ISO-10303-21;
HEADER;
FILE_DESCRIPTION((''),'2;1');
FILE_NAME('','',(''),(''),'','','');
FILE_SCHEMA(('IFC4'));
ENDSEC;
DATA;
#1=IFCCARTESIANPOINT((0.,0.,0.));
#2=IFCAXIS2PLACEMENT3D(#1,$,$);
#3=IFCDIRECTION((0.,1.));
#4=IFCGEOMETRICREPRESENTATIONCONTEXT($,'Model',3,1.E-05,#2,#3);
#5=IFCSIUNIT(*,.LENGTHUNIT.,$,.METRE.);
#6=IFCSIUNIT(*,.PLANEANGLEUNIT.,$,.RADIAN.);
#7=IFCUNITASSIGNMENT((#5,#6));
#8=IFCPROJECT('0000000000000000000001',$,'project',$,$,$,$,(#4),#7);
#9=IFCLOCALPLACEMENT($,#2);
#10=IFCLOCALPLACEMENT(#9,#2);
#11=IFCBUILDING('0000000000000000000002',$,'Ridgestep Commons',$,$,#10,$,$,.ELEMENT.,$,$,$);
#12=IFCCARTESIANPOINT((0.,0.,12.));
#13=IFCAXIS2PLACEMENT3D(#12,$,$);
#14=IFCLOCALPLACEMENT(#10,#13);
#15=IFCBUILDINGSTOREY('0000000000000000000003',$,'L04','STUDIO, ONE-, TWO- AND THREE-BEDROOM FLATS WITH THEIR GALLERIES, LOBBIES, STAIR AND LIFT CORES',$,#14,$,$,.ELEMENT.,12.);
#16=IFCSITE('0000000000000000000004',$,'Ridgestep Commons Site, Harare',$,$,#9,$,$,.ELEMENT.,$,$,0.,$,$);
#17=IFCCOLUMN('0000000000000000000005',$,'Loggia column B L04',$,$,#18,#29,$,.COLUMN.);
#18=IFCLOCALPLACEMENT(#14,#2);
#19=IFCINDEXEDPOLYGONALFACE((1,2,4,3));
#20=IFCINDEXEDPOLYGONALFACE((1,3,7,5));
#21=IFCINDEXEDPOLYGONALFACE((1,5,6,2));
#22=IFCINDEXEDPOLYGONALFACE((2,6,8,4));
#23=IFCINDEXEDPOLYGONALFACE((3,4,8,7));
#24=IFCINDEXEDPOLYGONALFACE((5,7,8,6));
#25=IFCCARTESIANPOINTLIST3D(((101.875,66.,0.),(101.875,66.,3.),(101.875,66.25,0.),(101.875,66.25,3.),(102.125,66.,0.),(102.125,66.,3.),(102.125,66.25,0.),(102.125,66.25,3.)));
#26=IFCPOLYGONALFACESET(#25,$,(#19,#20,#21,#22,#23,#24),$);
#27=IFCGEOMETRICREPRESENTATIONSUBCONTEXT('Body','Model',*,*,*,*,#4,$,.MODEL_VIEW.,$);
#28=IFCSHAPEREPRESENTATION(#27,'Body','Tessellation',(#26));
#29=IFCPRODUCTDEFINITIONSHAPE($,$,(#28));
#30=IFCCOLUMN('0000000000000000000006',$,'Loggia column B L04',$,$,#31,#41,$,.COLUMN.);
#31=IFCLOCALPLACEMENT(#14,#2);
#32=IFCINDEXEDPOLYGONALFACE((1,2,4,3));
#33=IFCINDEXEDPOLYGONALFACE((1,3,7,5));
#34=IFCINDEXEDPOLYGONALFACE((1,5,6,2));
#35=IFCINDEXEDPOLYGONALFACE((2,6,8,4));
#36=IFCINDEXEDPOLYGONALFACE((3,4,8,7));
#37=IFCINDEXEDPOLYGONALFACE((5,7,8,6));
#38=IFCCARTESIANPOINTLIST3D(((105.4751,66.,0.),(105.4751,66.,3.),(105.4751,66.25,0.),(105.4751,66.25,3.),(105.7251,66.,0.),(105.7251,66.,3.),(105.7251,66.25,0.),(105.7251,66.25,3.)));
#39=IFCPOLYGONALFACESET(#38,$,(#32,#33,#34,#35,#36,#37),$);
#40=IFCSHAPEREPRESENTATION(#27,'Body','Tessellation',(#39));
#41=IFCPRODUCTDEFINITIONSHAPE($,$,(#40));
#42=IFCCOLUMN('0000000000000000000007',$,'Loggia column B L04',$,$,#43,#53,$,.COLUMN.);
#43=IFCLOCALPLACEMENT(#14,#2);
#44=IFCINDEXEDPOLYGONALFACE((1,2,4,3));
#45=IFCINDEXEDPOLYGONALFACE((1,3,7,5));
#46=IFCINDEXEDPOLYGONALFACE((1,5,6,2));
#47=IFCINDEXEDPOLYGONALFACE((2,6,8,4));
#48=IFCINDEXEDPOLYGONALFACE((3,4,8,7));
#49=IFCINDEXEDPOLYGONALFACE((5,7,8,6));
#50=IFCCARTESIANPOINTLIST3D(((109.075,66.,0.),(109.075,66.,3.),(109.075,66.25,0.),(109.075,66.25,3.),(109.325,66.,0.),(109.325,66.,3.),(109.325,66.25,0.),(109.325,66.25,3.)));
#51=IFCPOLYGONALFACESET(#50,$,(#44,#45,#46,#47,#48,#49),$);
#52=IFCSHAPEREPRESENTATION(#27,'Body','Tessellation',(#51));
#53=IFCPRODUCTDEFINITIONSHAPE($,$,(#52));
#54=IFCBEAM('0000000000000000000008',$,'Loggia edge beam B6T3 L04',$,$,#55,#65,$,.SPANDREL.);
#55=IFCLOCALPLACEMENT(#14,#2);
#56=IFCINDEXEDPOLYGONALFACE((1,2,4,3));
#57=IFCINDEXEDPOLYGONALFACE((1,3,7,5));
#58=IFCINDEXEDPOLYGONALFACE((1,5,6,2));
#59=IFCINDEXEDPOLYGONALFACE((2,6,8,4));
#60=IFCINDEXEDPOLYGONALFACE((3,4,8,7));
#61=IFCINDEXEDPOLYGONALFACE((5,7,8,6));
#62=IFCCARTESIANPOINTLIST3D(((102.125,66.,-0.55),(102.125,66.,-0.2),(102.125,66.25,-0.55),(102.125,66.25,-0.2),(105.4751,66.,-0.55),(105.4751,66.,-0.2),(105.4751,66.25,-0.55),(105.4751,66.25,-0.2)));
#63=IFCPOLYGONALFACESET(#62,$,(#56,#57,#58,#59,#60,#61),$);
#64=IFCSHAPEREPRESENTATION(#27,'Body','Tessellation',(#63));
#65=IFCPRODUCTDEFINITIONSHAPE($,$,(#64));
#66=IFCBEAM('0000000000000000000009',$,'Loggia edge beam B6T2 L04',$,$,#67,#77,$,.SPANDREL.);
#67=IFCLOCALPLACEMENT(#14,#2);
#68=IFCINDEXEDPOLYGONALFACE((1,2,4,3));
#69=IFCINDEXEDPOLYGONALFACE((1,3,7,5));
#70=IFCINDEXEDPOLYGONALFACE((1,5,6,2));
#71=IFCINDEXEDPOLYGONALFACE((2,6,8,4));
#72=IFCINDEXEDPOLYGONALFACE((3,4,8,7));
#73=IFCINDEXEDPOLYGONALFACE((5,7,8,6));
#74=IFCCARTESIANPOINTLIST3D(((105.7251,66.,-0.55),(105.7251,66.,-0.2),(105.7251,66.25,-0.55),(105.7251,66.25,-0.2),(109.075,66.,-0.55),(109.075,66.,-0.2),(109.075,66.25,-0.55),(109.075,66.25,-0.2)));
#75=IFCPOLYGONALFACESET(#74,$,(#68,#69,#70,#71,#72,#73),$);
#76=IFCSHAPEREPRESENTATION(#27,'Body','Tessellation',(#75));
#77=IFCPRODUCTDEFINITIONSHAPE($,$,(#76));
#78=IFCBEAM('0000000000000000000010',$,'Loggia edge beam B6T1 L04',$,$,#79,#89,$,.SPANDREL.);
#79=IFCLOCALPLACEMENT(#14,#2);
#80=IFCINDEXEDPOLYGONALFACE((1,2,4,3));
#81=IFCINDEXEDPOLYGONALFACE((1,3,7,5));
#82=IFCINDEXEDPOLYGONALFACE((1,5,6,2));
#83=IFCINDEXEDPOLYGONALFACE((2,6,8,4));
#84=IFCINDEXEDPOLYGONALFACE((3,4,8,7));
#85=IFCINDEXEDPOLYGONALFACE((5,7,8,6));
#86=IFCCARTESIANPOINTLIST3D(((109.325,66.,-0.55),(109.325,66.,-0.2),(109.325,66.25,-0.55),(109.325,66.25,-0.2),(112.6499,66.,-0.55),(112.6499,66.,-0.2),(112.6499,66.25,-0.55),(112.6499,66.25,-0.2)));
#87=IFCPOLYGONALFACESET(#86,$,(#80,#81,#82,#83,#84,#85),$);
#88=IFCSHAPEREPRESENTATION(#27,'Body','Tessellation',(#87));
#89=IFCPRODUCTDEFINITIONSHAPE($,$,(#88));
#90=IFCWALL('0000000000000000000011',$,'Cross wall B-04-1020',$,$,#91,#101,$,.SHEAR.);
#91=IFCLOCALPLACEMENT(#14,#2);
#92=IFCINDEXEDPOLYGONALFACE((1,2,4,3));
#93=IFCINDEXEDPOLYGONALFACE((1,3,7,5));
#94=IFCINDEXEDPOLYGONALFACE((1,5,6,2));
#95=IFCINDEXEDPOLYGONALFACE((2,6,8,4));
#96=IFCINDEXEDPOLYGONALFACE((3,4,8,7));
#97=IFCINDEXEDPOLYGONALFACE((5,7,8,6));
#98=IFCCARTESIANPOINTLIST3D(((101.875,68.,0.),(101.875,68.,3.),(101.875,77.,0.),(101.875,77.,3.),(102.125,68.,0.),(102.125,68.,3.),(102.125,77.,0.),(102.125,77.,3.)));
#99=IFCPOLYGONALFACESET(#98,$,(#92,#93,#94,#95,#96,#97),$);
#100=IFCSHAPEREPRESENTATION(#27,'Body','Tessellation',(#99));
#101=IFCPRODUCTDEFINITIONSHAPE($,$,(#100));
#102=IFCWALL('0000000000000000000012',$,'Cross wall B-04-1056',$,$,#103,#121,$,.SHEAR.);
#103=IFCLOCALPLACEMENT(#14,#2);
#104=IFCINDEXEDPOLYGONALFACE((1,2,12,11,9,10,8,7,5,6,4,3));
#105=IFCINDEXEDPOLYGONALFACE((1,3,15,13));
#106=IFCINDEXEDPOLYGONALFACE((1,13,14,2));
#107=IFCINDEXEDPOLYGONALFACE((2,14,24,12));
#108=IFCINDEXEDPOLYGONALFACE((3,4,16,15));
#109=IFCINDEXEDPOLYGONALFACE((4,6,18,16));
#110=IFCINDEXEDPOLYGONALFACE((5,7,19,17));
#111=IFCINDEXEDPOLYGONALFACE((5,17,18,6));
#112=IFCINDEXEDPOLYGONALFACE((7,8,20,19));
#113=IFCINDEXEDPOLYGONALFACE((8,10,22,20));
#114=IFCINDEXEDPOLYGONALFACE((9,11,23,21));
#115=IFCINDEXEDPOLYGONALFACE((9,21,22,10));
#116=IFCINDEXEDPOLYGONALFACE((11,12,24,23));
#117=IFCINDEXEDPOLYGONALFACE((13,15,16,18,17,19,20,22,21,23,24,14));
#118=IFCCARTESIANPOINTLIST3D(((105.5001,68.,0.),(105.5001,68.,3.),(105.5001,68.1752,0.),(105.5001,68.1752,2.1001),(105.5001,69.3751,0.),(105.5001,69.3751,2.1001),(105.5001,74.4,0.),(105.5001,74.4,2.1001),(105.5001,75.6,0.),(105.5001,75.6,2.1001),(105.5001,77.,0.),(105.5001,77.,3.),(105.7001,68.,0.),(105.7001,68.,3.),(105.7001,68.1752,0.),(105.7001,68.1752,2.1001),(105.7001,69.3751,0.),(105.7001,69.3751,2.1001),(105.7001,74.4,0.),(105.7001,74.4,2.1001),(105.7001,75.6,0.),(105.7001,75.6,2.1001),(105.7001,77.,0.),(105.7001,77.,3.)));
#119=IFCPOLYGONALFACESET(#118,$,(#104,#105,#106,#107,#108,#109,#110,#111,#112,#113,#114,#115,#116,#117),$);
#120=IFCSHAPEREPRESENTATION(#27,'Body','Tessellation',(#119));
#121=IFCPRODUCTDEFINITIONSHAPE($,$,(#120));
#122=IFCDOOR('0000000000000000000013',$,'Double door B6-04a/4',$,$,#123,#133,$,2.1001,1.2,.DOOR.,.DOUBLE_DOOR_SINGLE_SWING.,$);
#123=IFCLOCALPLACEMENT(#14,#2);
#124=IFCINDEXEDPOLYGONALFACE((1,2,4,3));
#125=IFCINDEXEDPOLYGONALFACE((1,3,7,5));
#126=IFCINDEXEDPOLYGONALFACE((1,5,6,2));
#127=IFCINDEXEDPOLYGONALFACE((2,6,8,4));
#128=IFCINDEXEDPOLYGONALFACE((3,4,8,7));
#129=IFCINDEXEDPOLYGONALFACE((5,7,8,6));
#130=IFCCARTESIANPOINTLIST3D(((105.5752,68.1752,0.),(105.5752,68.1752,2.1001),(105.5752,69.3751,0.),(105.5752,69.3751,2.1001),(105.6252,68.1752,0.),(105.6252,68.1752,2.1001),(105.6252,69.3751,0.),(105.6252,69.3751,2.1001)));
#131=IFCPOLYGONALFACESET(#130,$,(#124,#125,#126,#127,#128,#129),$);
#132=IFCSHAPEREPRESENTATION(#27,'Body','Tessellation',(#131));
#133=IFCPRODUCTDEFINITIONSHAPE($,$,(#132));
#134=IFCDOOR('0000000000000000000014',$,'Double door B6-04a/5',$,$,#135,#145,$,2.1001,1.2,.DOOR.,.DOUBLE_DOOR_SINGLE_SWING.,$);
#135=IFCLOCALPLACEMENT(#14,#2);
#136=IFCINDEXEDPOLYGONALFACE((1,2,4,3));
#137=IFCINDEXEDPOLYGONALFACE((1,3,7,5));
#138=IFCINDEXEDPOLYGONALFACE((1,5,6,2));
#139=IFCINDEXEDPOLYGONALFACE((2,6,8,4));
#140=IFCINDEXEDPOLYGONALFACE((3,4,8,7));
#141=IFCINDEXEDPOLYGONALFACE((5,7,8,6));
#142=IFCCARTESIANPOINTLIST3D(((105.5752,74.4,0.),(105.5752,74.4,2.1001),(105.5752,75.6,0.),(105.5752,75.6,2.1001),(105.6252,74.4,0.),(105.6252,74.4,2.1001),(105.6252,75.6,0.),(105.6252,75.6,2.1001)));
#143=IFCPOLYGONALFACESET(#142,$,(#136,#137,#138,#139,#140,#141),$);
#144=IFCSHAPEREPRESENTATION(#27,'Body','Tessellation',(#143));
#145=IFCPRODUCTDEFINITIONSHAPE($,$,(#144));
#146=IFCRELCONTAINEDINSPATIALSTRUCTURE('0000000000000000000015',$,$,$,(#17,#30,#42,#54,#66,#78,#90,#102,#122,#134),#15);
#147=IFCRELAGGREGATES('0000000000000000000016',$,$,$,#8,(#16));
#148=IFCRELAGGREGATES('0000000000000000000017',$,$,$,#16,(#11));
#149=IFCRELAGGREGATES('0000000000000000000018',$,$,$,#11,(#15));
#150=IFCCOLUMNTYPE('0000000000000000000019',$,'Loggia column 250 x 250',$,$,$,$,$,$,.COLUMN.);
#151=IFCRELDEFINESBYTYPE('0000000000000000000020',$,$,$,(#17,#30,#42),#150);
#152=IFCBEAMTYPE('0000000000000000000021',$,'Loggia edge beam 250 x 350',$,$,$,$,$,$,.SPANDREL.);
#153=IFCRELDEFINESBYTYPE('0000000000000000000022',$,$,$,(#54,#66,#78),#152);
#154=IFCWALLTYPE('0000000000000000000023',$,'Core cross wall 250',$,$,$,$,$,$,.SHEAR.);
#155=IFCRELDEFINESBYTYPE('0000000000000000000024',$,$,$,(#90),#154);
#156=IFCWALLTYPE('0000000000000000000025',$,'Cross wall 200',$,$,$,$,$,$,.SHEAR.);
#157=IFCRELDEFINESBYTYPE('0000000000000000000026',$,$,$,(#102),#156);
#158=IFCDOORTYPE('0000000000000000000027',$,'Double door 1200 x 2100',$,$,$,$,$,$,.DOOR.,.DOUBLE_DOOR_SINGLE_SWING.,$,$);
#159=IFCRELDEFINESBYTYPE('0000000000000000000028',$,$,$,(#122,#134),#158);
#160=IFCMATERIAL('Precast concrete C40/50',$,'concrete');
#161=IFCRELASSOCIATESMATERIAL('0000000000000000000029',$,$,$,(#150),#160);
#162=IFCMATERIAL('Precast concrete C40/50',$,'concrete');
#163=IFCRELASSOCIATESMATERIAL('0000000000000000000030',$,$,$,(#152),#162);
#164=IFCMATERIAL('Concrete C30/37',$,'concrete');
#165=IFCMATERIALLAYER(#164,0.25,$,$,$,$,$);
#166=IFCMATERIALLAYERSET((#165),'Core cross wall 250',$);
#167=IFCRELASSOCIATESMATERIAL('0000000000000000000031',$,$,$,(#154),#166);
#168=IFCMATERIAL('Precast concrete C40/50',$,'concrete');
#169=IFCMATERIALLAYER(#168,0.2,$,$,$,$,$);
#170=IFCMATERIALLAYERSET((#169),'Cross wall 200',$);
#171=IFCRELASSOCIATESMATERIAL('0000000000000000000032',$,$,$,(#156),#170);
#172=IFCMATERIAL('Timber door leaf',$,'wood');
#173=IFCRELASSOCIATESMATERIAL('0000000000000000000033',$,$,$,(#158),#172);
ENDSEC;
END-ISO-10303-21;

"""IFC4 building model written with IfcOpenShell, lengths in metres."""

from ifc_helpers import new_model, si_unit, direction, frame, frame_2d, origin, origin_2d, place, context, subcontext, project, spatial, rectangle, extrude, material, layer, layer_set, material_profile, profile_set, type_object, element, fill, save


model = new_model("IFC4")

# Units and contexts
model_context = context("Model", 3, precision=1e-05, world=origin(), true_north=direction((0.0, 1.0)))
body_context = subcontext(model_context, "Body", "Model", "MODEL_VIEW")
ifc_project = project(units=[si_unit("LENGTHUNIT", "METRE"), si_unit("PLANEANGLEUNIT", "RADIAN")], contexts=[model_context])

# Site, building, storey
site_placement = place(None, origin())
site = spatial("IfcSite", under=ifc_project, at=site_placement, Name="Ridgestep Commons Site, Harare", CompositionType="ELEMENT", RefElevation=0.0)
building_placement = place(site_placement, origin())
building = spatial("IfcBuilding", under=site, at=building_placement, Name="Ridgestep Commons", CompositionType="ELEMENT")
storey_placement = place(building_placement, frame((0.0, 0.0, 12.0)))
storey = spatial("IfcBuildingStorey", under=building, at=storey_placement, Name="L04", Description="STUDIO, ONE-, TWO- AND THREE-BEDROOM FLATS WITH THEIR GALLERIES, LOBBIES, STAIR AND LIFT CORES", CompositionType="ELEMENT", Elevation=12.0)

# Columns
ifc_material_1 = material(Name="Precast concrete C40/50", Category="concrete")
ifc_material_profile_1 = material_profile(ifc_material_1, rectangle(XDim=0.25, YDim=0.25, at=origin_2d()), Name="PC 250x250")
ifc_profile_set_1 = profile_set([ifc_material_profile_1], Name="Precast concrete C40/50")
column_type = type_object("IfcColumnType", Name="Loggia column 250 x 250", PredefinedType="COLUMN", material=ifc_profile_set_1)
for number, where, z_axis, x_axis, name in (
    (1, (102.0, 66.125, 0.0), (0.0, 0.0, 1.0), (1.0, 0.0, 0.0), "Loggia column B L04"),
    (2, (105.6001, 66.125, 0.0), (0.0, 0.0, 1.0), (1.0, 0.0, 0.0), "Loggia column B L04"),
    (3, (109.2, 66.125, 0.0), (0.0, 0.0, 1.0), (1.0, 0.0, 0.0), "Loggia column B L04"),
):
    element("IfcColumn", number, at=place(storey_placement, frame(where, z_axis=z_axis, x_axis=x_axis)), inside=storey, type_object=column_type, Name=name, PredefinedType="COLUMN", context=body_context, shape_type="SweptSolid", body=[
        extrude(rectangle(XDim=0.25, YDim=0.25, at=origin_2d()), origin(), (0.0, 0.0, 1.0), 3.0),
    ])

# Beams
ifc_material_2 = material(Name="Precast concrete C40/50", Category="concrete")
ifc_material_profile_2 = material_profile(ifc_material_2, rectangle(XDim=0.25, YDim=0.3501, at=origin_2d()), Name="PC 250x350")
ifc_profile_set_2 = profile_set([ifc_material_profile_2], Name="Precast concrete C40/50")
beam_type = type_object("IfcBeamType", Name="Loggia edge beam 250 x 350", PredefinedType="SPANDREL", material=ifc_profile_set_2)
beam_1_placement = place(storey_placement, frame((102.125, 66.125, -0.375), z_axis=(1.0, 0.0, 0.0), x_axis=(0.0, 1.0, 0.0)))
element("IfcBeam", 4, at=beam_1_placement, inside=storey, type_object=beam_type, Name="Loggia edge beam B6T3 L04", PredefinedType="SPANDREL", context=body_context, shape_type="SweptSolid", body=[
    extrude(rectangle(XDim=0.25, YDim=0.3501, at=origin_2d()), origin(), (0.0, 0.0, 1.0), 3.3501),
])
beam_2_placement = place(storey_placement, frame((105.7251, 66.125, -0.375), z_axis=(1.0, 0.0, 0.0), x_axis=(0.0, 1.0, 0.0)))
element("IfcBeam", 5, at=beam_2_placement, inside=storey, type_object=beam_type, Name="Loggia edge beam B6T2 L04", PredefinedType="SPANDREL", context=body_context, shape_type="SweptSolid", body=[
    extrude(rectangle(XDim=0.25, YDim=0.3501, at=origin_2d()), origin(), (0.0, 0.0, 1.0), 3.3499),
])
beam_3_placement = place(storey_placement, frame((109.325, 66.125, -0.375), z_axis=(1.0, 0.0, 0.0), x_axis=(0.0, 1.0, 0.0)))
element("IfcBeam", 6, at=beam_3_placement, inside=storey, type_object=beam_type, Name="Loggia edge beam B6T1 L04", PredefinedType="SPANDREL", context=body_context, shape_type="SweptSolid", body=[
    extrude(rectangle(XDim=0.25, YDim=0.3501, at=origin_2d()), origin(), (0.0, 0.0, 1.0), 3.325),
])

# Wall
ifc_material_3 = material(Name="Concrete C30/37", Category="concrete")
ifc_layer_1 = layer(ifc_material_3, 0.25)
ifc_layer_set_1 = layer_set([ifc_layer_1], Name="Core cross wall 250")
wall_type_1 = type_object("IfcWallType", Name="Core cross wall 250", PredefinedType="SHEAR", material=ifc_layer_set_1)
wall_1_placement = place(storey_placement, frame((102.0, 68.0, 0.0), z_axis=(0.0, 0.0, 1.0), x_axis=(0.0, 1.0, 0.0)))
element("IfcWall", 7, at=wall_1_placement, inside=storey, type_object=wall_type_1, Name="Cross wall B-04-1020", PredefinedType="SHEAR", context=body_context, shape_type="SweptSolid", body=[
    extrude(rectangle(XDim=9.0, YDim=0.25, at=frame_2d((4.5, 0.0))), origin(), (0.0, 0.0, 1.0), 3.0),
])

# Wall, openings, doors
ifc_material_4 = material(Name="Precast concrete C40/50", Category="concrete")
ifc_layer_2 = layer(ifc_material_4, 0.2)
ifc_layer_set_2 = layer_set([ifc_layer_2], Name="Cross wall 200")
wall_type_2 = type_object("IfcWallType", Name="Cross wall 200", PredefinedType="SHEAR", material=ifc_layer_set_2)
wall_2_placement = place(storey_placement, frame((105.6001, 68.0, 0.0), z_axis=(0.0, 0.0, 1.0), x_axis=(0.0, 1.0, 0.0)))
wall_2 = element("IfcWall", 8, at=wall_2_placement, inside=storey, type_object=wall_type_2, Name="Cross wall B-04-1056", PredefinedType="SHEAR", context=body_context, shape_type="SweptSolid", body=[
    extrude(rectangle(XDim=9.0, YDim=0.2, at=frame_2d((4.5, 0.0))), origin(), (0.0, 0.0, 1.0), 3.0),
])
opening_1_placement = place(wall_2_placement, frame((0.175, 0.0, 0.0)))
opening_1 = element("IfcOpeningElement", 9, at=opening_1_placement, cuts=wall_2, PredefinedType="OPENING", context=body_context, shape_type="SweptSolid", body=[
    extrude(rectangle(XDim=1.2, YDim=2.1001, at=frame_2d((0.6001, 1.05))), frame((0.0, 0.1099, 0.0), z_axis=(0.0, -1.0, 0.0), x_axis=(1.0, 0.0, 0.0)), (0.0, 0.0, 1.0), 0.22),
])
opening_2_placement = place(wall_2_placement, frame((6.3999, 0.0, 0.0)))
opening_2 = element("IfcOpeningElement", 10, at=opening_2_placement, cuts=wall_2, PredefinedType="OPENING", context=body_context, shape_type="SweptSolid", body=[
    extrude(rectangle(XDim=1.2, YDim=2.1001, at=frame_2d((0.6001, 1.05))), frame((0.0, 0.1099, 0.0), z_axis=(0.0, -1.0, 0.0), x_axis=(1.0, 0.0, 0.0)), (0.0, 0.0, 1.0), 0.22),
])
ifc_material_5 = material(Name="Timber door leaf", Category="wood")
door_type_1 = type_object("IfcDoorType", Name="Double door 1200 x 2100", OperationType="DOUBLE_DOOR_SINGLE_SWING", PredefinedType="DOOR", material=ifc_material_5)
door_1_placement = place(opening_1_placement, origin())
door_1 = element("IfcDoor", 11, at=door_1_placement, inside=storey, type_object=door_type_1, Name="Double door B6-04a/4", OperationType="DOUBLE_DOOR_SINGLE_SWING", OverallHeight=2.1001, OverallWidth=1.2, PredefinedType="DOOR", context=body_context, shape_type="SweptSolid", body=[
    extrude(rectangle(XDim=1.2, YDim=2.1001, at=frame_2d((0.6001, 1.05))), frame((0.0, 0.0249, 0.0), z_axis=(0.0, -1.0, 0.0), x_axis=(1.0, 0.0, 0.0)), (0.0, 0.0, 1.0), 0.05),
])
fill(opening_1, door_1)
door_2_placement = place(opening_2_placement, origin())
door_2 = element("IfcDoor", 12, at=door_2_placement, inside=storey, type_object=door_type_1, Name="Double door B6-04a/5", OperationType="DOUBLE_DOOR_SINGLE_SWING", OverallHeight=2.1001, OverallWidth=1.2, PredefinedType="DOOR", context=body_context, shape_type="SweptSolid", body=[
    extrude(rectangle(XDim=1.2, YDim=2.1001, at=frame_2d((0.6001, 1.05))), frame((0.0, 0.0249, 0.0), z_axis=(0.0, -1.0, 0.0), x_axis=(1.0, 0.0, 0.0)), (0.0, 0.0, 1.0), 0.05),
])
fill(opening_2, door_2)

save(model, "model.ifc")
